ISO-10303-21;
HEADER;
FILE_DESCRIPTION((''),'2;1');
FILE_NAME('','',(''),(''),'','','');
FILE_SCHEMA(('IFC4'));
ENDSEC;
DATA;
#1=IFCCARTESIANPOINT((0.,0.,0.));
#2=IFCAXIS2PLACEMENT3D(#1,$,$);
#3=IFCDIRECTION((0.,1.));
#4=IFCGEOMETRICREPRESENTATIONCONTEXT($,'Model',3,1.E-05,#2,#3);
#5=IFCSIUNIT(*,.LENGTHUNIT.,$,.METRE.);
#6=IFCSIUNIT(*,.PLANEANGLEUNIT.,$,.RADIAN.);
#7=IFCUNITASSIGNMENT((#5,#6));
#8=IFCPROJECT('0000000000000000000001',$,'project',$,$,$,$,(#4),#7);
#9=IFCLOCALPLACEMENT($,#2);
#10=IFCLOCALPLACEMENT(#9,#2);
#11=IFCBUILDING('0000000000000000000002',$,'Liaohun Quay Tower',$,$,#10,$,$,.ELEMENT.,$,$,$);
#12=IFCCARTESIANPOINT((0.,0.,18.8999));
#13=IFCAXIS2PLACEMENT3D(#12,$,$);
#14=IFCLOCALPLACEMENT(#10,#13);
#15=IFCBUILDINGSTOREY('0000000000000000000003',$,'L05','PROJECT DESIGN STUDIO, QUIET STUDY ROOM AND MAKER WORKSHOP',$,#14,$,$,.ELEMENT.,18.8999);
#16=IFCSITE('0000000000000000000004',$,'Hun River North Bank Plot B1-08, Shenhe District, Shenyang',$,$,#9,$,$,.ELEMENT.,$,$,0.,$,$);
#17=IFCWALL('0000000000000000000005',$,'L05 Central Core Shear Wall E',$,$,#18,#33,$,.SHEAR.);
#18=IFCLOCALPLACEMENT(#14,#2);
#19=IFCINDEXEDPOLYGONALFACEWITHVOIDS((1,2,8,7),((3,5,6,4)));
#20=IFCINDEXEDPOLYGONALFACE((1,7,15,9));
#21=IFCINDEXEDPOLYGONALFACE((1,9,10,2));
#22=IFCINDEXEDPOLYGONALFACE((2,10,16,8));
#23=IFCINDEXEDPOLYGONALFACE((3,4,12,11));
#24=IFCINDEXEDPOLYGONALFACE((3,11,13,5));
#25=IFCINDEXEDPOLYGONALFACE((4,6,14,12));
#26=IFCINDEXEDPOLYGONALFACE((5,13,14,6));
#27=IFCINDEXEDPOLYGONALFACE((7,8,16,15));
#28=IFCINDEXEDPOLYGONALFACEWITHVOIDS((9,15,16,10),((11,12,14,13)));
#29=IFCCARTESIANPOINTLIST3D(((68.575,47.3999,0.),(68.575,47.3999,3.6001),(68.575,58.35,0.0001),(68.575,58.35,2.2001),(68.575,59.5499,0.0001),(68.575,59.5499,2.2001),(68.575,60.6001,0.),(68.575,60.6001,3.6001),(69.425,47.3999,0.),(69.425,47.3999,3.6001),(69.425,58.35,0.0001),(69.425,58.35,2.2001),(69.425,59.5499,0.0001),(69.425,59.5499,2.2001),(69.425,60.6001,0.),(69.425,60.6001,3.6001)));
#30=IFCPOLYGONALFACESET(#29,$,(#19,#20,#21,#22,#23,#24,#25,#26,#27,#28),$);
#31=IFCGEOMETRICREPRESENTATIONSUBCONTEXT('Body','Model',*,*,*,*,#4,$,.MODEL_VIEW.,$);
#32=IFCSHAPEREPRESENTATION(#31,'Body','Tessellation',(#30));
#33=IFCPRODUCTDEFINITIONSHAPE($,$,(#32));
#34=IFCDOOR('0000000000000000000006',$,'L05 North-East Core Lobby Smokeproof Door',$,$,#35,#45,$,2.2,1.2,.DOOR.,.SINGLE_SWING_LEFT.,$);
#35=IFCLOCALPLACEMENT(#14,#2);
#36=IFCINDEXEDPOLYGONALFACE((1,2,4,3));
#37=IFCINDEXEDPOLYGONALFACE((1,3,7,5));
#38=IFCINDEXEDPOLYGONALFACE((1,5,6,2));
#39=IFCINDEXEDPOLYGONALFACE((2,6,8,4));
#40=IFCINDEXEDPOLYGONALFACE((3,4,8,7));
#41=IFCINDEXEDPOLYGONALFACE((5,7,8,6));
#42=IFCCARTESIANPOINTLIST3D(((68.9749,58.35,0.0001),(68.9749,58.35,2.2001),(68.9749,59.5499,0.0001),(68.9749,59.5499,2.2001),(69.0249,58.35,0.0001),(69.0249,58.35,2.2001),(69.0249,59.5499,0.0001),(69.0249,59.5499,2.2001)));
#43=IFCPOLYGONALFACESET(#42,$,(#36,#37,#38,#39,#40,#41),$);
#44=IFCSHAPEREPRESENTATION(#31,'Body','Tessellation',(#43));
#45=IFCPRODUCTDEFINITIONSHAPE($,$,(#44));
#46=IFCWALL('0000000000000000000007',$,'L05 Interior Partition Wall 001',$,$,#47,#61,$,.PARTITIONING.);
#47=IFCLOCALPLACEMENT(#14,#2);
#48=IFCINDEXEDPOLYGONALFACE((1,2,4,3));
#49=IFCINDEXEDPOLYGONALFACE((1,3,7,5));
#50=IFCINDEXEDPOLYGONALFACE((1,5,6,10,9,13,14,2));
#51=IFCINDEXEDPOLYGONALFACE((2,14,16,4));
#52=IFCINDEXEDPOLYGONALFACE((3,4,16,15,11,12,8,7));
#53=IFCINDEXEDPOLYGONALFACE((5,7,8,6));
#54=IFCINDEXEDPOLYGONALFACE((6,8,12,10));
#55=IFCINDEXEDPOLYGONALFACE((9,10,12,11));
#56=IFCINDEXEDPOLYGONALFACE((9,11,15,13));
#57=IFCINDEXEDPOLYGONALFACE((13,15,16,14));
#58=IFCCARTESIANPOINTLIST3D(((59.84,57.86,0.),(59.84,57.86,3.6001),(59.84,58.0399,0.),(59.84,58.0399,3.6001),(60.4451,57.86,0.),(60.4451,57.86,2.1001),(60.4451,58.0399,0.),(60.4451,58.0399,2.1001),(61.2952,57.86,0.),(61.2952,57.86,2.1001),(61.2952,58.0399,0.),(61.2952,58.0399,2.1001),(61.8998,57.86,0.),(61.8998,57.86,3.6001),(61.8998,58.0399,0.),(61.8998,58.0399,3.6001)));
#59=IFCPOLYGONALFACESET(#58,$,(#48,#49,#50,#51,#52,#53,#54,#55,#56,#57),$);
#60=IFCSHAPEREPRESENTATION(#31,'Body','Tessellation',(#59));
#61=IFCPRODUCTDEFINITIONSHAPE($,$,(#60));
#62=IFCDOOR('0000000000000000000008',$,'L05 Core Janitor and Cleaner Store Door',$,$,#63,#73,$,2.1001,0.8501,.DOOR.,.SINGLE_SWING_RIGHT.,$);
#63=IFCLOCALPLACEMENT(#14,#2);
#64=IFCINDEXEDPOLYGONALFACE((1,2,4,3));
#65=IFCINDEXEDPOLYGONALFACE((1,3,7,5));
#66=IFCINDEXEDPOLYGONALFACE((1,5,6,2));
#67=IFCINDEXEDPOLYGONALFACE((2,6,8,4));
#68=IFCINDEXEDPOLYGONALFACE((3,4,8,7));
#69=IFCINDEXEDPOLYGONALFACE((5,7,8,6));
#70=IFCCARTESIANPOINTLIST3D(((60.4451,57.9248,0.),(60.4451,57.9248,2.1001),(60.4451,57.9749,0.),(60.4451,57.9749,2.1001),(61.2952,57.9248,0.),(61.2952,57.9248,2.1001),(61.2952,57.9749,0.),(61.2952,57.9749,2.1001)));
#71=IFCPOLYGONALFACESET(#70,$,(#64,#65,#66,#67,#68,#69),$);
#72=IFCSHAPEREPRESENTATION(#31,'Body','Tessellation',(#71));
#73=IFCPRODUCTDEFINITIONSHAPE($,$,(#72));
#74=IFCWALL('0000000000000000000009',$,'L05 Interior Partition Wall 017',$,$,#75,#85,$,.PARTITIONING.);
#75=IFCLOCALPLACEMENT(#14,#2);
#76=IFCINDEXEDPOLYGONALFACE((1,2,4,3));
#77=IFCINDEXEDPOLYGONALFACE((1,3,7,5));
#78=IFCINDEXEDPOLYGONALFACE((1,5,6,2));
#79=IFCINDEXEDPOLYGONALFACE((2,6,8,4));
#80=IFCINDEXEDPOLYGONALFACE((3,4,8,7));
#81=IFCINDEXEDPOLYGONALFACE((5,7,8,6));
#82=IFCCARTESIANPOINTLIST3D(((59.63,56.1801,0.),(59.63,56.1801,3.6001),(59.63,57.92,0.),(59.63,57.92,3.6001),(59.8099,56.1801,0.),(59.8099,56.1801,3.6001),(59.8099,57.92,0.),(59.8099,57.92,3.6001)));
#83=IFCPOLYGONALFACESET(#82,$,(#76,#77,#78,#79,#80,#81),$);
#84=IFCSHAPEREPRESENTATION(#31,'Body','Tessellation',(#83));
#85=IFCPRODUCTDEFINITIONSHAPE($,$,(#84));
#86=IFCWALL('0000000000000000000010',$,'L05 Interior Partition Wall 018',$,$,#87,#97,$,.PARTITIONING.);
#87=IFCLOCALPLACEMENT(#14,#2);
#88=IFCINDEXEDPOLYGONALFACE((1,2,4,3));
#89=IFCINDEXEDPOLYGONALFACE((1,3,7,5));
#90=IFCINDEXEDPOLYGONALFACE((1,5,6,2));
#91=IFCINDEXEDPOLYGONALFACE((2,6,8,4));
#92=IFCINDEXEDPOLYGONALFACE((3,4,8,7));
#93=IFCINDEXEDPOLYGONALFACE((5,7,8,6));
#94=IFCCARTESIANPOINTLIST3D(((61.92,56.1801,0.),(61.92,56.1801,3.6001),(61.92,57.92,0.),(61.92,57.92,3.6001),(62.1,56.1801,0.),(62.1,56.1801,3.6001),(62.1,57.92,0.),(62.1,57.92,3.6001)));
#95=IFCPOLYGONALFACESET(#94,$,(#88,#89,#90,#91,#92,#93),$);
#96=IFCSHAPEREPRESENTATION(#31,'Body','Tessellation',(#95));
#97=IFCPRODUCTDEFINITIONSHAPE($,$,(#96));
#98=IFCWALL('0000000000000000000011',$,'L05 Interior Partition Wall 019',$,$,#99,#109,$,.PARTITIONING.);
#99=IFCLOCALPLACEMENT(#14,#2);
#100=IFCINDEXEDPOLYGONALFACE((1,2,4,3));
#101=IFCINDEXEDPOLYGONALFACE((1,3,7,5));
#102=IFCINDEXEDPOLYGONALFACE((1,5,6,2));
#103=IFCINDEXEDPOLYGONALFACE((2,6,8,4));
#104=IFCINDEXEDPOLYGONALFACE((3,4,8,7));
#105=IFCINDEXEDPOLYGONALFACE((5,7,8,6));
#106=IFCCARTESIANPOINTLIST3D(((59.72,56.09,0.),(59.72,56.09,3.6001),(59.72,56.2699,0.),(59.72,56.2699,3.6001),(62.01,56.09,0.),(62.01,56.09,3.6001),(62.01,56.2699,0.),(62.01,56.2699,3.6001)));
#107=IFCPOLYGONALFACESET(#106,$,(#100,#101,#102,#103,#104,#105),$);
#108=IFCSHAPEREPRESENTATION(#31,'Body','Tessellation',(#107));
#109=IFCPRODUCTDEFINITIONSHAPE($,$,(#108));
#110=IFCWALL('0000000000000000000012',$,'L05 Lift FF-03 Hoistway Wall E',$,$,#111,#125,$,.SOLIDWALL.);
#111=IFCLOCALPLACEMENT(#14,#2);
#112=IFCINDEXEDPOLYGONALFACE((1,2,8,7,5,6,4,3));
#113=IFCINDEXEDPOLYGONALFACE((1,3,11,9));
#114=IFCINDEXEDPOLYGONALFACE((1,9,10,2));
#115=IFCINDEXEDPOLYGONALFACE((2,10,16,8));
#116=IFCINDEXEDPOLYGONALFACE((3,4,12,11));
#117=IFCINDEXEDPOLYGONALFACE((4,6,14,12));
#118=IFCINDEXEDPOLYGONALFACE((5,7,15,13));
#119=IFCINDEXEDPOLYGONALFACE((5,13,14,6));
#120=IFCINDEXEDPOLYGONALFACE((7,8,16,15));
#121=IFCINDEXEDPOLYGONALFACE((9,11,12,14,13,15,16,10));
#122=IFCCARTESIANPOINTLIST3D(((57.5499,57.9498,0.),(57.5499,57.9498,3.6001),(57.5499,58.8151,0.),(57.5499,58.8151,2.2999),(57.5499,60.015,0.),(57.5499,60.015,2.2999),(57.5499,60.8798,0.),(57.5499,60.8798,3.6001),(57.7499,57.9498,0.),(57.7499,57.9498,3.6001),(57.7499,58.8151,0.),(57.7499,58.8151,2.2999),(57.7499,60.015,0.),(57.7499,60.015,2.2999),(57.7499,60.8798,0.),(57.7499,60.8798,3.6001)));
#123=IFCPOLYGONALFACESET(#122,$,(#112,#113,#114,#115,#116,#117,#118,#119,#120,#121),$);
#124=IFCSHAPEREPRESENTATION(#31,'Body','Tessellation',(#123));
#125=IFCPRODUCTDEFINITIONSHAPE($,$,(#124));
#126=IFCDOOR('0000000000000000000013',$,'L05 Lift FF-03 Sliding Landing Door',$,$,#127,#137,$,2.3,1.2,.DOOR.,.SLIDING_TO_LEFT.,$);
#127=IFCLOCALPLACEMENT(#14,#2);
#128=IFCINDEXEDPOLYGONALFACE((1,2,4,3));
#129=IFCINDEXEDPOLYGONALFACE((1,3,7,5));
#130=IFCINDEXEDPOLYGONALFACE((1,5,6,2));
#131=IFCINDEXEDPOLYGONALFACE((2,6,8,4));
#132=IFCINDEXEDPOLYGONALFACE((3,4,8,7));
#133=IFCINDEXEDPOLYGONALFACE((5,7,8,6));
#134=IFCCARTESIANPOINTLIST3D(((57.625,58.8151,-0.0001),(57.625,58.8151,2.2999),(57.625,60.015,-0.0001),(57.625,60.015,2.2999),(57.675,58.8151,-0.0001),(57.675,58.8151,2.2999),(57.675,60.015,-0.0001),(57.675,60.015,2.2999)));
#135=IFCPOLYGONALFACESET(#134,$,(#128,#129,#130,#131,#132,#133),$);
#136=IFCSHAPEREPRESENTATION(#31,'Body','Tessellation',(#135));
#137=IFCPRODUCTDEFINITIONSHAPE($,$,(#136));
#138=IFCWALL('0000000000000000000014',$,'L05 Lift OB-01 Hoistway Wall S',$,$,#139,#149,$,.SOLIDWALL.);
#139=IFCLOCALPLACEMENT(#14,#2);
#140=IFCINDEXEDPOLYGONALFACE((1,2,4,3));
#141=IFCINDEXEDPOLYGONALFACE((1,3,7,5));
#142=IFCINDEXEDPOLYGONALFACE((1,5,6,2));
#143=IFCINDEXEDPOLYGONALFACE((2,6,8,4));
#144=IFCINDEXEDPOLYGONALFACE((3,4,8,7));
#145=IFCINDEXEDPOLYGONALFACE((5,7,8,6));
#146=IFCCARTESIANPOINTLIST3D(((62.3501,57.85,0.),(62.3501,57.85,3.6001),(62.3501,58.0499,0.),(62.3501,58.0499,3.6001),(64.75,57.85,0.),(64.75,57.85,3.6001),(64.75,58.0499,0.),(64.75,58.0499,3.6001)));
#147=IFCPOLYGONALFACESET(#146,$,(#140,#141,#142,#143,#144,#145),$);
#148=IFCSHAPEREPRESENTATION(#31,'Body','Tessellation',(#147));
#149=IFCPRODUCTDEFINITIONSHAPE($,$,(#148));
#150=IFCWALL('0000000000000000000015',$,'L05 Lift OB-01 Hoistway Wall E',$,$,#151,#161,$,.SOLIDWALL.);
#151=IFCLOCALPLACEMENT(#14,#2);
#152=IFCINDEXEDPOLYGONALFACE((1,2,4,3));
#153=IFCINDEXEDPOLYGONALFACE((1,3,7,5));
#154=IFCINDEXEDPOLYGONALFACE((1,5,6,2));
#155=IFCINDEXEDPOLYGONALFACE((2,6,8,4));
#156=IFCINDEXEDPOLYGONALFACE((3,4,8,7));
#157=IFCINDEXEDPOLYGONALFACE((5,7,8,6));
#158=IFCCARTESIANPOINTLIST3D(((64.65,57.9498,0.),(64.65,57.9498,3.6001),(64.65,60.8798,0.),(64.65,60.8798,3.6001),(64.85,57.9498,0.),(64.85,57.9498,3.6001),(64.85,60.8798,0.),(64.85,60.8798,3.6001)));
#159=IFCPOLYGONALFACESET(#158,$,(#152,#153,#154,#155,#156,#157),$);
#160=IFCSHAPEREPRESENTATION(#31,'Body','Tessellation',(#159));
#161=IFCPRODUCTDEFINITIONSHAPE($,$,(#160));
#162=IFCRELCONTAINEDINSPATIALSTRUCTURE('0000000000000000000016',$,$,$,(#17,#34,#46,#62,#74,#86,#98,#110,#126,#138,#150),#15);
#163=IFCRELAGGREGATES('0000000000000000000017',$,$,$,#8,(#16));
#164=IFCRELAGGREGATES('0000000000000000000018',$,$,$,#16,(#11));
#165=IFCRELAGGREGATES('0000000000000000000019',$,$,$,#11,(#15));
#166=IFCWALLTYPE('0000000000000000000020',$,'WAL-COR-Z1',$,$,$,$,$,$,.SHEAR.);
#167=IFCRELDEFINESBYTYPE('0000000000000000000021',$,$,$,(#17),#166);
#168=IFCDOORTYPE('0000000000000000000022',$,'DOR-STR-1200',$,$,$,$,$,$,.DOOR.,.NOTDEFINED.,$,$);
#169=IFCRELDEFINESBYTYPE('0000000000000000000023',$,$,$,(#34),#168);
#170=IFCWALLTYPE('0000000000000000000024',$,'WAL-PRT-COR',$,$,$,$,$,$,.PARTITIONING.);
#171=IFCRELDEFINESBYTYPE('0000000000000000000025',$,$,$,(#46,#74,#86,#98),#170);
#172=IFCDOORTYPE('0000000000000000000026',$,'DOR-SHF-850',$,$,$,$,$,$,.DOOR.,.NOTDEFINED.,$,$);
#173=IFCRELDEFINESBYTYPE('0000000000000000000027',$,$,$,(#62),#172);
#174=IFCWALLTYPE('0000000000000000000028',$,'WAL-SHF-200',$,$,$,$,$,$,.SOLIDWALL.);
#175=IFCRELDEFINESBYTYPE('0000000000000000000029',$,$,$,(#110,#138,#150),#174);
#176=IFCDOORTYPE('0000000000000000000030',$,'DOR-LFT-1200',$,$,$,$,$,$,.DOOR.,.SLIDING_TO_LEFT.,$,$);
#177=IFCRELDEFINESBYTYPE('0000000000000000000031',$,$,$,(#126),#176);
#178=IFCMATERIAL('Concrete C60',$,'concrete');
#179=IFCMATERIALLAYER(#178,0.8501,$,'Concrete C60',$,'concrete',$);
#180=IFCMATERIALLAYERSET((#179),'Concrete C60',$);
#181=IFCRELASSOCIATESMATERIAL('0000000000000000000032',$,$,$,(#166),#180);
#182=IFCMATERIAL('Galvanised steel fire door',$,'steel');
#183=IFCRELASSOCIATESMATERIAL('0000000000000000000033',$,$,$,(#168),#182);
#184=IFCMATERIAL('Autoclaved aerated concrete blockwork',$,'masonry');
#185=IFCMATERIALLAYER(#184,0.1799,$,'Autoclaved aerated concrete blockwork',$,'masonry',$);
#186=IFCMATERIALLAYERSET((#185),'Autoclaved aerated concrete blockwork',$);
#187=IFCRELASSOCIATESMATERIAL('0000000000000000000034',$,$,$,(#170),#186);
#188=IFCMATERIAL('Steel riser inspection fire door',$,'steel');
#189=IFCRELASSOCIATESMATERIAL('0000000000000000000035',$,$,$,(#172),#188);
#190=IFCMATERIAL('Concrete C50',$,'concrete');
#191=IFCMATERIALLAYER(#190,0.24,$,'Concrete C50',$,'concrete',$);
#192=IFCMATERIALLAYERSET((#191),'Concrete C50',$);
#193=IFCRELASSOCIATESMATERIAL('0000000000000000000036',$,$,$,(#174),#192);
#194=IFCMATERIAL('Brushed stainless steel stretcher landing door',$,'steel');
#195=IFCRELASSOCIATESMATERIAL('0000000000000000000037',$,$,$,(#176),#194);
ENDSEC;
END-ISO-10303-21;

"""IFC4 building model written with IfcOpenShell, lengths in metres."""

from ifc_helpers import new_model, si_unit, direction, frame, frame_2d, origin, place, context, subcontext, project, spatial, rectangle, extrude, source, transform, mapped, material, layer, layer_set, type_object, element, fill, save


model = new_model("IFC4")

# Units and contexts
model_context = context("Model", 3, precision=1e-05, world=origin(), true_north=direction((0.0, 1.0)))
body_context = subcontext(model_context, "Body", "Model", "MODEL_VIEW")
ifc_project = project(units=[si_unit("LENGTHUNIT", "METRE"), si_unit("PLANEANGLEUNIT", "RADIAN")], contexts=[model_context])

# Site, building, storey
site_placement = place(None, origin())
site = spatial("IfcSite", under=ifc_project, at=site_placement, Name="Hun River North Bank Plot B1-08, Shenhe District, Shenyang", CompositionType="ELEMENT", RefElevation=0.0)
building_placement = place(site_placement, origin())
building = spatial("IfcBuilding", under=site, at=building_placement, Name="Liaohun Quay Tower", CompositionType="ELEMENT")
storey_placement = place(building_placement, frame((0.0, 0.0, 18.8999)))
storey = spatial("IfcBuildingStorey", under=building, at=storey_placement, Name="L05", Description="PROJECT DESIGN STUDIO, QUIET STUDY ROOM AND MAKER WORKSHOP", CompositionType="ELEMENT", Elevation=18.8999)

# Walls, openings, doors
ifc_material_1 = material(Name="Concrete C60", Category="concrete")
ifc_layer_1 = layer(ifc_material_1, 0.8501, Name="Concrete C60", Category="concrete")
ifc_layer_set_1 = layer_set([ifc_layer_1], Name="Concrete C60")
wall_type_1 = type_object("IfcWallType", Name="WAL-COR-Z1", PredefinedType="SHEAR", material=ifc_layer_set_1)
wall_1_placement = place(storey_placement, frame((69.0, 60.6001, 0.0), z_axis=(0.0, 0.0, 1.0), x_axis=(0.0, -1.0, 0.0)))
wall_1 = element("IfcWall", 1, at=wall_1_placement, inside=storey, type_object=wall_type_1, Name="L05 Central Core Shear Wall E", PredefinedType="SHEAR", context=body_context, shape_type="SweptSolid", body=[
    extrude(rectangle(XDim=13.2002, YDim=0.8501, at=frame_2d((6.6001, 0.0))), origin(), (0.0, 0.0, 1.0), 3.6001),
])
shared_shape_1 = source(origin(), body_context, "Body", "SweptSolid", [
    extrude(rectangle(XDim=1.2, YDim=2.2, at=frame_2d((0.6001, 1.1001))), frame((0.0, 0.4351, 0.0), z_axis=(0.0, -1.0, 0.0), x_axis=(1.0, 0.0, 0.0)), (0.0, 0.0, 1.0), 0.8701),
])
opening_1_placement = place(wall_1_placement, frame((1.05, 0.0, 0.0)))
opening_1 = element("IfcOpeningElement", 2, at=opening_1_placement, cuts=wall_1, PredefinedType="OPENING", context=body_context, shape_type="MappedRepresentation", body=[
    mapped(shared_shape_1, transform((0.0, 0.0, 0.0), x_axis=(1.0, 0.0, 0.0), y_axis=(0.0, 1.0, 0.0), z_axis=(0.0, 0.0, 1.0), scale=1.0)),
])
ifc_material_2 = material(Name="Galvanised steel fire door", Category="steel")
door_type_1 = type_object("IfcDoorType", Name="DOR-STR-1200", OperationType="NOTDEFINED", PredefinedType="DOOR", material=ifc_material_2)
shared_shape_2 = source(origin(), body_context, "Body", "SweptSolid", [
    extrude(rectangle(XDim=1.2, YDim=2.2, at=frame_2d((0.6001, 1.1001))), frame((0.0, 0.0249, 0.0), z_axis=(0.0, -1.0, 0.0), x_axis=(1.0, 0.0, 0.0)), (0.0, 0.0, 1.0), 0.05),
])
door_1_placement = place(opening_1_placement, origin())
door_1 = element("IfcDoor", 3, at=door_1_placement, inside=storey, type_object=door_type_1, Name="L05 North-East Core Lobby Smokeproof Door", OperationType="SINGLE_SWING_LEFT", OverallHeight=2.2, OverallWidth=1.2, PredefinedType="DOOR", context=body_context, shape_type="MappedRepresentation", body=[
    mapped(shared_shape_2, transform((0.0, 0.0, 0.0), x_axis=(1.0, 0.0, 0.0), y_axis=(0.0, 1.0, 0.0), z_axis=(0.0, 0.0, 1.0), scale=1.0)),
])
fill(opening_1, door_1)
ifc_material_3 = material(Name="Autoclaved aerated concrete blockwork", Category="masonry")
ifc_layer_2 = layer(ifc_material_3, 0.1799, Name="Autoclaved aerated concrete blockwork", Category="masonry")
ifc_layer_set_2 = layer_set([ifc_layer_2], Name="Autoclaved aerated concrete blockwork")
wall_type_2 = type_object("IfcWallType", Name="WAL-PRT-COR", PredefinedType="PARTITIONING", material=ifc_layer_set_2)
wall_2_placement = place(storey_placement, frame((59.8401, 57.95, 0.0), z_axis=(0.0, 0.0, 1.0), x_axis=(1.0, 0.0, 0.0)))
wall_2 = element("IfcWall", 4, at=wall_2_placement, inside=storey, type_object=wall_type_2, Name="L05 Interior Partition Wall 001", PredefinedType="PARTITIONING", context=body_context, shape_type="SweptSolid", body=[
    extrude(rectangle(XDim=2.0598, YDim=0.1799, at=frame_2d((1.0298, 0.0))), origin(), (0.0, 0.0, 1.0), 3.6001),
])
shared_shape_3 = source(origin(), body_context, "Body", "SweptSolid", [
    extrude(rectangle(XDim=0.8501, YDim=2.1001, at=frame_2d((0.425, 1.05))), frame((0.0, 0.0999, 0.0), z_axis=(0.0, -1.0, 0.0), x_axis=(1.0, 0.0, 0.0)), (0.0, 0.0, 1.0), 0.2),
])
opening_2_placement = place(wall_2_placement, frame((0.605, 0.0, 0.0)))
opening_2 = element("IfcOpeningElement", 5, at=opening_2_placement, cuts=wall_2, PredefinedType="OPENING", context=body_context, shape_type="MappedRepresentation", body=[
    mapped(shared_shape_3, transform((0.0, 0.0, 0.0), x_axis=(1.0, 0.0, 0.0), y_axis=(0.0, 1.0, 0.0), z_axis=(0.0, 0.0, 1.0), scale=1.0)),
])
ifc_material_4 = material(Name="Steel riser inspection fire door", Category="steel")
door_type_2 = type_object("IfcDoorType", Name="DOR-SHF-850", OperationType="NOTDEFINED", PredefinedType="DOOR", material=ifc_material_4)
shared_shape_4 = source(origin(), body_context, "Body", "SweptSolid", [
    extrude(rectangle(XDim=0.8501, YDim=2.1001, at=frame_2d((0.425, 1.05))), frame((0.0, 0.0249, 0.0), z_axis=(0.0, -1.0, 0.0), x_axis=(1.0, 0.0, 0.0)), (0.0, 0.0, 1.0), 0.05),
])
door_2_placement = place(opening_2_placement, origin())
door_2 = element("IfcDoor", 6, at=door_2_placement, inside=storey, type_object=door_type_2, Name="L05 Core Janitor and Cleaner Store Door", OperationType="SINGLE_SWING_RIGHT", OverallHeight=2.1001, OverallWidth=0.8501, PredefinedType="DOOR", context=body_context, shape_type="MappedRepresentation", body=[
    mapped(shared_shape_4, transform((0.0, 0.0, 0.0), x_axis=(1.0, 0.0, 0.0), y_axis=(0.0, 1.0, 0.0), z_axis=(0.0, 0.0, 1.0), scale=1.0)),
])
fill(opening_2, door_2)

# Walls
for number, where, z_axis, x_axis, name in (
    (7, (59.72, 56.1799, 0.0), (0.0, 0.0, 1.0), (0.0, 1.0, 0.0), "L05 Interior Partition Wall 017"),
    (8, (62.01, 56.1799, 0.0), (0.0, 0.0, 1.0), (0.0, 1.0, 0.0), "L05 Interior Partition Wall 018"),
):
    element("IfcWall", number, at=place(storey_placement, frame(where, z_axis=z_axis, x_axis=x_axis)), inside=storey, type_object=wall_type_2, Name=name, PredefinedType="PARTITIONING", context=body_context, shape_type="SweptSolid", body=[
        extrude(rectangle(XDim=1.74, YDim=0.1799, at=frame_2d((0.8701, 0.0))), origin(), (0.0, 0.0, 1.0), 3.6001),
    ])
wall_3_placement = place(storey_placement, frame((59.72, 56.1799, 0.0), z_axis=(0.0, 0.0, 1.0), x_axis=(1.0, 0.0, 0.0)))
element("IfcWall", 9, at=wall_3_placement, inside=storey, type_object=wall_type_2, Name="L05 Interior Partition Wall 019", PredefinedType="PARTITIONING", context=body_context, shape_type="SweptSolid", body=[
    extrude(rectangle(XDim=2.29, YDim=0.1799, at=frame_2d((1.145, 0.0))), origin(), (0.0, 0.0, 1.0), 3.6001),
])

# Wall, opening, door
ifc_material_5 = material(Name="Concrete C50", Category="concrete")
ifc_layer_3 = layer(ifc_material_5, 0.24, Name="Concrete C50", Category="concrete")
ifc_layer_set_3 = layer_set([ifc_layer_3], Name="Concrete C50")
wall_type_3 = type_object("IfcWallType", Name="WAL-SHF-200", PredefinedType="SOLIDWALL", material=ifc_layer_set_3)
wall_4_placement = place(storey_placement, frame((57.6499, 57.95, 0.0), z_axis=(0.0, 0.0, 1.0), x_axis=(0.0, 1.0, 0.0)))
wall_4 = element("IfcWall", 10, at=wall_4_placement, inside=storey, type_object=wall_type_3, Name="L05 Lift FF-03 Hoistway Wall E", PredefinedType="SOLIDWALL", context=body_context, shape_type="SweptSolid", body=[
    extrude(rectangle(XDim=2.9299, YDim=0.2, at=frame_2d((1.4648, 0.0))), origin(), (0.0, 0.0, 1.0), 3.6001),
])
shared_shape_5 = source(origin(), body_context, "Body", "SweptSolid", [
    extrude(rectangle(XDim=1.2, YDim=2.3, at=frame_2d((0.6001, 1.1499))), frame((0.0, 0.1099, 0.0), z_axis=(0.0, -1.0, 0.0), x_axis=(1.0, 0.0, 0.0)), (0.0, 0.0, 1.0), 0.22),
])
opening_3_placement = place(wall_4_placement, frame((0.865, 0.0, 0.0)))
opening_3 = element("IfcOpeningElement", 11, at=opening_3_placement, cuts=wall_4, PredefinedType="OPENING", context=body_context, shape_type="MappedRepresentation", body=[
    mapped(shared_shape_5, transform((0.0, 0.0, 0.0), x_axis=(1.0, 0.0, 0.0), y_axis=(0.0, 1.0, 0.0), z_axis=(0.0, 0.0, 1.0), scale=1.0)),
])
ifc_material_6 = material(Name="Brushed stainless steel stretcher landing door", Category="steel")
door_type_3 = type_object("IfcDoorType", Name="DOR-LFT-1200", OperationType="SLIDING_TO_LEFT", PredefinedType="DOOR", material=ifc_material_6)
shared_shape_6 = source(origin(), body_context, "Body", "SweptSolid", [
    extrude(rectangle(XDim=1.2, YDim=2.3, at=frame_2d((0.6001, 1.1499))), frame((0.0, 0.0249, 0.0), z_axis=(0.0, -1.0, 0.0), x_axis=(1.0, 0.0, 0.0)), (0.0, 0.0, 1.0), 0.05),
])
door_3_placement = place(opening_3_placement, origin())
door_3 = element("IfcDoor", 12, at=door_3_placement, inside=storey, type_object=door_type_3, Name="L05 Lift FF-03 Sliding Landing Door", OperationType="SLIDING_TO_LEFT", OverallHeight=2.3, OverallWidth=1.2, PredefinedType="DOOR", context=body_context, shape_type="MappedRepresentation", body=[
    mapped(shared_shape_6, transform((0.0, 0.0, 0.0), x_axis=(1.0, 0.0, 0.0), y_axis=(0.0, 1.0, 0.0), z_axis=(0.0, 0.0, 1.0), scale=1.0)),
])
fill(opening_3, door_3)

# Walls
wall_5_placement = place(storey_placement, frame((62.3501, 57.95, 0.0), z_axis=(0.0, 0.0, 1.0), x_axis=(1.0, 0.0, 0.0)))
element("IfcWall", 13, at=wall_5_placement, inside=storey, type_object=wall_type_3, Name="L05 Lift OB-01 Hoistway Wall S", PredefinedType="SOLIDWALL", context=body_context, shape_type="SweptSolid", body=[
    extrude(rectangle(XDim=2.3999, YDim=0.2, at=frame_2d((1.2, 0.0))), origin(), (0.0, 0.0, 1.0), 3.6001),
])
wall_6_placement = place(storey_placement, frame((64.75, 57.95, 0.0), z_axis=(0.0, 0.0, 1.0), x_axis=(0.0, 1.0, 0.0)))
element("IfcWall", 14, at=wall_6_placement, inside=storey, type_object=wall_type_3, Name="L05 Lift OB-01 Hoistway Wall E", PredefinedType="SOLIDWALL", context=body_context, shape_type="SweptSolid", body=[
    extrude(rectangle(XDim=2.9299, YDim=0.2, at=frame_2d((1.4648, 0.0))), origin(), (0.0, 0.0, 1.0), 3.6001),
])

save(model, "model.ifc")
